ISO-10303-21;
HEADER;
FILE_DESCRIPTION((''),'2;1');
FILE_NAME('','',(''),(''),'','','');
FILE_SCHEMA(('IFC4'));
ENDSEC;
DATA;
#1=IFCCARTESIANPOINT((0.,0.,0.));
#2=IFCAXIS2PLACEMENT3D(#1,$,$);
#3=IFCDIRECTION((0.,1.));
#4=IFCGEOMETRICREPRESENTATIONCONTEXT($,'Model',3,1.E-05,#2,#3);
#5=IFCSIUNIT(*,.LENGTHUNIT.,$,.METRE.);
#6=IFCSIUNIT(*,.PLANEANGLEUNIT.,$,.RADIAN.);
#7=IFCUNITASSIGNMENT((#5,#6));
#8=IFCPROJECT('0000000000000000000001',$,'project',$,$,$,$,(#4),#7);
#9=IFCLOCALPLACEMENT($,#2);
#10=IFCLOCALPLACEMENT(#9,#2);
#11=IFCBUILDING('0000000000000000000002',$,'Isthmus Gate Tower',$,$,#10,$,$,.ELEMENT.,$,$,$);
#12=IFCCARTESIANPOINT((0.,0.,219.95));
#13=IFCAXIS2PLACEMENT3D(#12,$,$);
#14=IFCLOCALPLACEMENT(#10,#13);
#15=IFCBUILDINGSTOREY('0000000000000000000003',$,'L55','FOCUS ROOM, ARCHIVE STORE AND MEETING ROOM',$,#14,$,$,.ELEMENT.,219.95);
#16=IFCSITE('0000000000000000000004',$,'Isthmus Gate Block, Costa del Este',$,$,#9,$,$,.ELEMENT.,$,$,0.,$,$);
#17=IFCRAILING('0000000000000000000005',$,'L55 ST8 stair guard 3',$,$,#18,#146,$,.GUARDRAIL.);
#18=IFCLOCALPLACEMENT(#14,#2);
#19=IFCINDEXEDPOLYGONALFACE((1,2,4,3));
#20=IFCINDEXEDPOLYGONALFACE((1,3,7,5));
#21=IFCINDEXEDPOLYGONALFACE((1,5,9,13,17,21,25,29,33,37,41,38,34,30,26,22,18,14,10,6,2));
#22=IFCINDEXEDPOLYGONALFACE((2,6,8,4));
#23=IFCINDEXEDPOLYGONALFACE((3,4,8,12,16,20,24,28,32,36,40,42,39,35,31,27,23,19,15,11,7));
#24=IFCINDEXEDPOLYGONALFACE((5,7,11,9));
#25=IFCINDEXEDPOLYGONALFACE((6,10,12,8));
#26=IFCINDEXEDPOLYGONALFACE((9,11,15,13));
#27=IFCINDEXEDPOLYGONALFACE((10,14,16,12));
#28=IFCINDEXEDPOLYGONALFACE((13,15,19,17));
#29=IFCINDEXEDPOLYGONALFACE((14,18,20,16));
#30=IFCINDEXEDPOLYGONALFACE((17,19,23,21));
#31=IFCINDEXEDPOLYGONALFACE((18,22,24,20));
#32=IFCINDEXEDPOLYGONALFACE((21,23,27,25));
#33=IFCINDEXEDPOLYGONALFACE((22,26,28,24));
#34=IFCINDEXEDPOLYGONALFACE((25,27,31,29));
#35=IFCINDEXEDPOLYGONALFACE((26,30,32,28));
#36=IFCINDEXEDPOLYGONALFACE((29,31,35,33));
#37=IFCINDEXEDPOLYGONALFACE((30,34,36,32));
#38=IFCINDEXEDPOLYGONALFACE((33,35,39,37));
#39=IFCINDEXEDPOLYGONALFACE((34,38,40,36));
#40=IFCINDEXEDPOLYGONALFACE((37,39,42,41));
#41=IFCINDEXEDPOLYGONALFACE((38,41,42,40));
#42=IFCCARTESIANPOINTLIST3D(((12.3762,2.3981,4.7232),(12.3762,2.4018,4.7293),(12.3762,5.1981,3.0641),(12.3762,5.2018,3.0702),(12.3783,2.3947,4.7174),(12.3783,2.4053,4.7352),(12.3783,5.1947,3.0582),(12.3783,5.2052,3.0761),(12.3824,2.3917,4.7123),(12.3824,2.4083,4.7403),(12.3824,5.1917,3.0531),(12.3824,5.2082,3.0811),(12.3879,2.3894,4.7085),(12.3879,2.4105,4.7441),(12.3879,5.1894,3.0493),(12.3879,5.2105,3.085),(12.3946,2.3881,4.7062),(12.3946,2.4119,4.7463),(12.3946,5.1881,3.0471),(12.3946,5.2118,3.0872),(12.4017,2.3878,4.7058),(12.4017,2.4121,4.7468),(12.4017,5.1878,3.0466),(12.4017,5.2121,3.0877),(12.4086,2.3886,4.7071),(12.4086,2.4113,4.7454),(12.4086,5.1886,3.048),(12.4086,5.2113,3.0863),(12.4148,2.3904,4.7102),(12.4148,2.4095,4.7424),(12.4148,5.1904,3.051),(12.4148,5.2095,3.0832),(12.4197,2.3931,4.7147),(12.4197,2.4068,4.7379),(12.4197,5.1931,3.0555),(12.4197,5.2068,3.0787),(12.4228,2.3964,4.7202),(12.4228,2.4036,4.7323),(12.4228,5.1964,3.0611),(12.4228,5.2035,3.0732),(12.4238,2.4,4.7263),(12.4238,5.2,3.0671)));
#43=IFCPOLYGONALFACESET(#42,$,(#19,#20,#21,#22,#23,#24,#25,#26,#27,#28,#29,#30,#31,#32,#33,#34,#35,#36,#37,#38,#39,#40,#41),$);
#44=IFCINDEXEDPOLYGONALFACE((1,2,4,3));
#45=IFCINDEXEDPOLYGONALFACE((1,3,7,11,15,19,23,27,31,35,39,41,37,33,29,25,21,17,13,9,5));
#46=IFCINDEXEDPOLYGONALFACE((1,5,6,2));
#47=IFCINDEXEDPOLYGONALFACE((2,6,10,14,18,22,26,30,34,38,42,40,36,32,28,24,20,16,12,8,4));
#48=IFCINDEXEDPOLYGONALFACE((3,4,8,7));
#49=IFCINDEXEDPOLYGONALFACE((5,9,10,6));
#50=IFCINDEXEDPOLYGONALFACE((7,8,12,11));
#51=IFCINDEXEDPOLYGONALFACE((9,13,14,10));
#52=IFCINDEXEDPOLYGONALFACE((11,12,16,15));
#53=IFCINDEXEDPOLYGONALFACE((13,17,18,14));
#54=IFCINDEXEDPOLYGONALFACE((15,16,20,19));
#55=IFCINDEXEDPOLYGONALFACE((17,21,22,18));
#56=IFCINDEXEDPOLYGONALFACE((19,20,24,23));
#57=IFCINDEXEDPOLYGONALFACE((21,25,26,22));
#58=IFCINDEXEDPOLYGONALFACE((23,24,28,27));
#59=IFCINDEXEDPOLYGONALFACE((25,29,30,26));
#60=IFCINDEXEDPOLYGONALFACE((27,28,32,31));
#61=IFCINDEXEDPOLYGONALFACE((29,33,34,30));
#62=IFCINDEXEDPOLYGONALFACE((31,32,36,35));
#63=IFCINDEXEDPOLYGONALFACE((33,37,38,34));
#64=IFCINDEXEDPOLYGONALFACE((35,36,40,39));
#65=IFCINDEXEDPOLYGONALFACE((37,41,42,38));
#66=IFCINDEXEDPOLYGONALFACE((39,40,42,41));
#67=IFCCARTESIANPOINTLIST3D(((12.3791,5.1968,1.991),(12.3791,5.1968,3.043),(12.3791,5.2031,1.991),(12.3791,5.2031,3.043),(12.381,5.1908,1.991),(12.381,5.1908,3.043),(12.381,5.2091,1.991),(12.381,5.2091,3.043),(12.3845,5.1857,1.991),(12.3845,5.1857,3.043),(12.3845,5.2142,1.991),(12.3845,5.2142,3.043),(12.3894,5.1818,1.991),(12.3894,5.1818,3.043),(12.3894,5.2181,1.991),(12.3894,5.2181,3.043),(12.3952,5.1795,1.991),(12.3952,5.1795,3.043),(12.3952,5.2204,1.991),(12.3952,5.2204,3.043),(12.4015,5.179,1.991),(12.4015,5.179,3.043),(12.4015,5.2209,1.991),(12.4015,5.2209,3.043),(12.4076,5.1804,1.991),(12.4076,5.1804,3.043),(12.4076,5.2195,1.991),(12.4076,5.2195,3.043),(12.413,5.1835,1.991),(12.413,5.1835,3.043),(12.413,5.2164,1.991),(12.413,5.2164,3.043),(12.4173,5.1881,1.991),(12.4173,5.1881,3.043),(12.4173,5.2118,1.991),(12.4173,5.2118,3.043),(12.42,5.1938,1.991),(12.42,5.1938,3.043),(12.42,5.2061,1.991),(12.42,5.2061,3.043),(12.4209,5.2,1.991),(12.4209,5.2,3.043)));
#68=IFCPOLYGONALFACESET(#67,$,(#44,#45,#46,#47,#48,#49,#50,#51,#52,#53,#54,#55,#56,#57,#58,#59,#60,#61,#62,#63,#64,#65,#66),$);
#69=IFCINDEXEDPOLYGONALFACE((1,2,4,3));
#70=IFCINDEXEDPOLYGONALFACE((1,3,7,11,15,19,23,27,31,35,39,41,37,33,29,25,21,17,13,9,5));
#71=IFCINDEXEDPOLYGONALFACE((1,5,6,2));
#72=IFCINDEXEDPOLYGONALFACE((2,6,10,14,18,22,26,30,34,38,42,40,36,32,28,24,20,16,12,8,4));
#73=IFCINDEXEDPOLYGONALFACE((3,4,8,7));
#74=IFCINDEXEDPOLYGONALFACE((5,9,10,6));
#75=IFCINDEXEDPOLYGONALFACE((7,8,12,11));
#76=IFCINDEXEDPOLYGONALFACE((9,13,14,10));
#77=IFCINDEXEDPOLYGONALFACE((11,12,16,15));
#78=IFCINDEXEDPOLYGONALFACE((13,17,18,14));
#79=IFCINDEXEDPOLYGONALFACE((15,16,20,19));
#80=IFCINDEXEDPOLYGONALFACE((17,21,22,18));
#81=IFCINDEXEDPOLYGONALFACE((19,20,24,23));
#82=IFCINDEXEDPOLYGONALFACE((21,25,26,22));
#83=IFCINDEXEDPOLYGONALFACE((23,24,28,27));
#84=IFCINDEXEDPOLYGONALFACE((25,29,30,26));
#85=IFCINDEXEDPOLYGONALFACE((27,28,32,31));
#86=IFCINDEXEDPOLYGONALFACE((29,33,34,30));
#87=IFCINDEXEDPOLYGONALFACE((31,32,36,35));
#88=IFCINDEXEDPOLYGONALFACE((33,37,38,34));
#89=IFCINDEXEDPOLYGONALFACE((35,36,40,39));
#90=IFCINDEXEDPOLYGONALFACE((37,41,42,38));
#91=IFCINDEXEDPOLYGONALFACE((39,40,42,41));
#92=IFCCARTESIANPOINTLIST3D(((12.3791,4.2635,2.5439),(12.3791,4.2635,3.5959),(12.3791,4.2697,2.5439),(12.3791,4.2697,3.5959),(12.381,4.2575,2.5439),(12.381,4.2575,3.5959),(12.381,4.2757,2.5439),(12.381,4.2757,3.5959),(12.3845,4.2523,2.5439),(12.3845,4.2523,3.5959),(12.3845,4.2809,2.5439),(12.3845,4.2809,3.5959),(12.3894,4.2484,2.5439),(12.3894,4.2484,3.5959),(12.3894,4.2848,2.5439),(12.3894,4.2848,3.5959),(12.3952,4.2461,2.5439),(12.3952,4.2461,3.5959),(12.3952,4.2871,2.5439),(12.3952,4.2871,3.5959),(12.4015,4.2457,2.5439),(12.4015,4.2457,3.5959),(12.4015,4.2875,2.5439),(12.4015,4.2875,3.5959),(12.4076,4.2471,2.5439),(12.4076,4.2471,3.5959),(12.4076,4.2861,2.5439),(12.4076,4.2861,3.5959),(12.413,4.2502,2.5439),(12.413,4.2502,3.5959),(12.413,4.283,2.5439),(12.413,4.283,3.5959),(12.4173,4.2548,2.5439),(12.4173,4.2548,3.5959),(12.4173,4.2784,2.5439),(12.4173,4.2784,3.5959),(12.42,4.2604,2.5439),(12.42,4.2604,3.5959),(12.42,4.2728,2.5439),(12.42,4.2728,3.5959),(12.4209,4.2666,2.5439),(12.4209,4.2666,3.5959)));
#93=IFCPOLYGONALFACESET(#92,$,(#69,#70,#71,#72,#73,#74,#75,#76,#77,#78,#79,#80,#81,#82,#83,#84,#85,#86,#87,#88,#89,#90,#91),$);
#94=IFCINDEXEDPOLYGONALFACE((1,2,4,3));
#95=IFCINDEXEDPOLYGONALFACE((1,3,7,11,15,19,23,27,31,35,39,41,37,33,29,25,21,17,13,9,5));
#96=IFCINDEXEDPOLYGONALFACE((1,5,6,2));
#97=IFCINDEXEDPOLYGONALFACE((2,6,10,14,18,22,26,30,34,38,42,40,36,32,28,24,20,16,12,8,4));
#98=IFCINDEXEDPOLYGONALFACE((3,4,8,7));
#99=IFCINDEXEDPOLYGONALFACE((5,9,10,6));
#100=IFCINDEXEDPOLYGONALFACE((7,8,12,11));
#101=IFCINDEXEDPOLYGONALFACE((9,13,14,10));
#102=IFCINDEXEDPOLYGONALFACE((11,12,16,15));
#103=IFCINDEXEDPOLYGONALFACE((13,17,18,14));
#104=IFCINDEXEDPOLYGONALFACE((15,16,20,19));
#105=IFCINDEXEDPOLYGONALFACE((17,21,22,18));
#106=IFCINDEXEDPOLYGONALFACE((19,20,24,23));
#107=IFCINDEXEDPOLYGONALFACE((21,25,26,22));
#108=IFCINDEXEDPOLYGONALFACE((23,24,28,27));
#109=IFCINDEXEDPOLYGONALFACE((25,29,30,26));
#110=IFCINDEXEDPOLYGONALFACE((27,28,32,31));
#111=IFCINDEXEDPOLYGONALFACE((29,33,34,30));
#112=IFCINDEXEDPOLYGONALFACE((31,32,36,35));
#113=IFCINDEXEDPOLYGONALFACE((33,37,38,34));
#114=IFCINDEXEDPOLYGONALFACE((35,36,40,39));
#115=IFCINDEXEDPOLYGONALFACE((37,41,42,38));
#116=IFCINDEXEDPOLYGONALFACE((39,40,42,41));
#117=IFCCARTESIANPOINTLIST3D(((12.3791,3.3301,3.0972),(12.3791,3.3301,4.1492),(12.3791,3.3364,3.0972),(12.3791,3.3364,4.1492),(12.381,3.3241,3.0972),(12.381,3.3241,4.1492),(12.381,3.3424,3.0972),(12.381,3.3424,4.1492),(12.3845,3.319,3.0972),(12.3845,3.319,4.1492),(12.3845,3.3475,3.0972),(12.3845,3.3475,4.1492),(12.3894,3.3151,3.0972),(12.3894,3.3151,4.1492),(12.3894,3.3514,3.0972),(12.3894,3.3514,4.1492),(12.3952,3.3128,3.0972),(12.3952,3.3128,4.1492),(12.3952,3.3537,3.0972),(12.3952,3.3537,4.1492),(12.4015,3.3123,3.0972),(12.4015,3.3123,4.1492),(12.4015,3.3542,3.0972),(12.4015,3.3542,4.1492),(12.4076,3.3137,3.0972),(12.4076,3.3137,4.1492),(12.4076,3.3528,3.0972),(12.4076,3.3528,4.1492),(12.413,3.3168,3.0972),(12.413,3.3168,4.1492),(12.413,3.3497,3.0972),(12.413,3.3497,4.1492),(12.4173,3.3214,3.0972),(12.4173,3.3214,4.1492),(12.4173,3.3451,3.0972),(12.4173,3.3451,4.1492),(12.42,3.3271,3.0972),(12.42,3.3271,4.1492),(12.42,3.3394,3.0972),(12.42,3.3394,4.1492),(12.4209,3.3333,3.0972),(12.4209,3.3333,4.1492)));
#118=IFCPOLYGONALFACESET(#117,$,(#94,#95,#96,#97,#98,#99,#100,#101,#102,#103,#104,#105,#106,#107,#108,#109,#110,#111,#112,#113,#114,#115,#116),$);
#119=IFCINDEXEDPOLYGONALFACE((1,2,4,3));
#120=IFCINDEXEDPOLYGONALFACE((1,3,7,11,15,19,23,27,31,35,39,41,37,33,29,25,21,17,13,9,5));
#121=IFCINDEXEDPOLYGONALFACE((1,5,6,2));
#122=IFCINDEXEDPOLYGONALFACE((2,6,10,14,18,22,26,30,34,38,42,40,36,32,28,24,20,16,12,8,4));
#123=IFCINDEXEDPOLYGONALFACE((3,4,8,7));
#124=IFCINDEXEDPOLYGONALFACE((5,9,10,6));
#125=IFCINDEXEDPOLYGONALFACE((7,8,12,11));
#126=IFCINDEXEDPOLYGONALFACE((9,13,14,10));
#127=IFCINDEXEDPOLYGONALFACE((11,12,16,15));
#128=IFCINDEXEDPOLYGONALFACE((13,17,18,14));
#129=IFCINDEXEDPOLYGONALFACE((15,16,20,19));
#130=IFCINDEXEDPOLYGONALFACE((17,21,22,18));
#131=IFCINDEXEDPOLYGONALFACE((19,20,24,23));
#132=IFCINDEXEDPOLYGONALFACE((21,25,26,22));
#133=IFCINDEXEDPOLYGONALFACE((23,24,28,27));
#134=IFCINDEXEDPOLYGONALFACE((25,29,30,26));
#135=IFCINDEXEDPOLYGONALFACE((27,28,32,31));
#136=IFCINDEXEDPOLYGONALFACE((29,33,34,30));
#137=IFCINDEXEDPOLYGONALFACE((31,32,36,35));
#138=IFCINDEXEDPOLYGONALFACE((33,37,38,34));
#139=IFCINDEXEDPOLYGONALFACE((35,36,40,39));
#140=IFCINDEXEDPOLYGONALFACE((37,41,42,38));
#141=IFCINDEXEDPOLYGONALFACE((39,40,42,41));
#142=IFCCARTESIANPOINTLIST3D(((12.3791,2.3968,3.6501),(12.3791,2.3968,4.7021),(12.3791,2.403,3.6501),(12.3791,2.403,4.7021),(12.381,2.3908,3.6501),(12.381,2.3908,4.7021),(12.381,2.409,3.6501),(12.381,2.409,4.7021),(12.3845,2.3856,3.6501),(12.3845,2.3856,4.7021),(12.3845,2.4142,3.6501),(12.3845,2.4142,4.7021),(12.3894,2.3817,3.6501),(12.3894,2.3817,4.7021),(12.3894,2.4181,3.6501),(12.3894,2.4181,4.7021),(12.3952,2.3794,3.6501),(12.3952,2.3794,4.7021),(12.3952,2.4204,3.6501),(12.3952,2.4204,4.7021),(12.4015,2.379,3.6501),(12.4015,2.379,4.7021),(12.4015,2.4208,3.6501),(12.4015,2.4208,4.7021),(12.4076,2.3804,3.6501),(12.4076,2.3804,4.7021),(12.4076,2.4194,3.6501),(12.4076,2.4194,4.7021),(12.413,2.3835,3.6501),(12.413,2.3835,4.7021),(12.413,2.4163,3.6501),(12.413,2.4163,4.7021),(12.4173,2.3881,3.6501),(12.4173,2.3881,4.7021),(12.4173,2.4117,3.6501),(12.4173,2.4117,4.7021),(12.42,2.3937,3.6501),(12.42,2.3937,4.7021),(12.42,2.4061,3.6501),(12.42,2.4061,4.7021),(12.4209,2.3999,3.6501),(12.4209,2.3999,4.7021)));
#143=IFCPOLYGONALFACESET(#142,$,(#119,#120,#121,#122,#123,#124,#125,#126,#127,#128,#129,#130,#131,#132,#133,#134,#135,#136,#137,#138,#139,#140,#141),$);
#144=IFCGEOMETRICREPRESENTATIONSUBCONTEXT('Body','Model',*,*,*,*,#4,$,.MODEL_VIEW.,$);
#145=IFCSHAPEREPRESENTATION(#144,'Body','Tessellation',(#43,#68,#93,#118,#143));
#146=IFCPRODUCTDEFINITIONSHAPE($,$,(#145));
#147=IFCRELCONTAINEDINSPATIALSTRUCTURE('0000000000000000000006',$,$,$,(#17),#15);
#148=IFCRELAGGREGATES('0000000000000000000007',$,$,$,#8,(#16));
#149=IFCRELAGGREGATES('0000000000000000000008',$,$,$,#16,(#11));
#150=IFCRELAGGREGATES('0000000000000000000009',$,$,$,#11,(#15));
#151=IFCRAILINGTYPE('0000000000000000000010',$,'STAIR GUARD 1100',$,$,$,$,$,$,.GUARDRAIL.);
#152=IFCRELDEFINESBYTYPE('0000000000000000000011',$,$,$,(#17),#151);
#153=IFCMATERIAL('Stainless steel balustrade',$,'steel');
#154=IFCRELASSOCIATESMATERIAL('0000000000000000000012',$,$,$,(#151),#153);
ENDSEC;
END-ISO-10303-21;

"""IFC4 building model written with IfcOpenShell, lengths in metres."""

from ifc_helpers import new_model, si_unit, direction, frame, origin, origin_2d, place, context, subcontext, project, spatial, circle, extrude, material, type_object, element, save


model = new_model("IFC4")

# Units and contexts
model_context = context("Model", 3, precision=1e-05, world=origin(), true_north=direction((0.0, 1.0)))
body_context = subcontext(model_context, "Body", "Model", "MODEL_VIEW")
ifc_project = project(units=[si_unit("LENGTHUNIT", "METRE"), si_unit("PLANEANGLEUNIT", "RADIAN")], contexts=[model_context])

# Site, building, storey
site_placement = place(None, origin())
site = spatial("IfcSite", under=ifc_project, at=site_placement, Name="Isthmus Gate Block, Costa del Este", CompositionType="ELEMENT", RefElevation=0.0)
building_placement = place(site_placement, origin())
building = spatial("IfcBuilding", under=site, at=building_placement, Name="Isthmus Gate Tower", CompositionType="ELEMENT")
storey_placement = place(building_placement, frame((0.0, 0.0, 219.95)))
storey = spatial("IfcBuildingStorey", under=building, at=storey_placement, Name="L55", Description="FOCUS ROOM, ARCHIVE STORE AND MEETING ROOM", CompositionType="ELEMENT", Elevation=219.95)

# Railing
ifc_material_1 = material(Name="Stainless steel balustrade", Category="steel")
railing_type_1 = type_object("IfcRailingType", Name="STAIR GUARD 1100", PredefinedType="GUARDRAIL", material=ifc_material_1)
railing_1_placement = place(storey_placement, frame((12.3999, 5.2, 1.991)))
element("IfcRailing", 1, at=railing_1_placement, inside=storey, type_object=railing_type_1, Name="L55 ST8 stair guard 3", PredefinedType="GUARDRAIL", context=body_context, shape_type="SweptSolid", body=[
    extrude(circle(Radius=0.0239, at=origin_2d()), frame((0.0, 0.0, 1.0762), z_axis=(0.0, -0.860306, 0.509778), x_axis=(1.0, 0.0, 0.0)), (0.0, 0.0, 1.0), 3.2546),
    extrude(circle(Radius=0.021, at=origin_2d()), origin(), (0.0, 0.0, 1.0), 1.052),
    extrude(circle(Radius=0.021, at=origin_2d()), frame((0.0, -0.9333, 0.553)), (0.0, 0.0, 1.0), 1.052),
    extrude(circle(Radius=0.021, at=origin_2d()), frame((0.0, -1.8667, 1.1062)), (0.0, 0.0, 1.0), 1.052),
    extrude(circle(Radius=0.021, at=origin_2d()), frame((0.0, -2.8, 1.6592)), (0.0, 0.0, 1.0), 1.052),
])

save(model, "model.ifc")
